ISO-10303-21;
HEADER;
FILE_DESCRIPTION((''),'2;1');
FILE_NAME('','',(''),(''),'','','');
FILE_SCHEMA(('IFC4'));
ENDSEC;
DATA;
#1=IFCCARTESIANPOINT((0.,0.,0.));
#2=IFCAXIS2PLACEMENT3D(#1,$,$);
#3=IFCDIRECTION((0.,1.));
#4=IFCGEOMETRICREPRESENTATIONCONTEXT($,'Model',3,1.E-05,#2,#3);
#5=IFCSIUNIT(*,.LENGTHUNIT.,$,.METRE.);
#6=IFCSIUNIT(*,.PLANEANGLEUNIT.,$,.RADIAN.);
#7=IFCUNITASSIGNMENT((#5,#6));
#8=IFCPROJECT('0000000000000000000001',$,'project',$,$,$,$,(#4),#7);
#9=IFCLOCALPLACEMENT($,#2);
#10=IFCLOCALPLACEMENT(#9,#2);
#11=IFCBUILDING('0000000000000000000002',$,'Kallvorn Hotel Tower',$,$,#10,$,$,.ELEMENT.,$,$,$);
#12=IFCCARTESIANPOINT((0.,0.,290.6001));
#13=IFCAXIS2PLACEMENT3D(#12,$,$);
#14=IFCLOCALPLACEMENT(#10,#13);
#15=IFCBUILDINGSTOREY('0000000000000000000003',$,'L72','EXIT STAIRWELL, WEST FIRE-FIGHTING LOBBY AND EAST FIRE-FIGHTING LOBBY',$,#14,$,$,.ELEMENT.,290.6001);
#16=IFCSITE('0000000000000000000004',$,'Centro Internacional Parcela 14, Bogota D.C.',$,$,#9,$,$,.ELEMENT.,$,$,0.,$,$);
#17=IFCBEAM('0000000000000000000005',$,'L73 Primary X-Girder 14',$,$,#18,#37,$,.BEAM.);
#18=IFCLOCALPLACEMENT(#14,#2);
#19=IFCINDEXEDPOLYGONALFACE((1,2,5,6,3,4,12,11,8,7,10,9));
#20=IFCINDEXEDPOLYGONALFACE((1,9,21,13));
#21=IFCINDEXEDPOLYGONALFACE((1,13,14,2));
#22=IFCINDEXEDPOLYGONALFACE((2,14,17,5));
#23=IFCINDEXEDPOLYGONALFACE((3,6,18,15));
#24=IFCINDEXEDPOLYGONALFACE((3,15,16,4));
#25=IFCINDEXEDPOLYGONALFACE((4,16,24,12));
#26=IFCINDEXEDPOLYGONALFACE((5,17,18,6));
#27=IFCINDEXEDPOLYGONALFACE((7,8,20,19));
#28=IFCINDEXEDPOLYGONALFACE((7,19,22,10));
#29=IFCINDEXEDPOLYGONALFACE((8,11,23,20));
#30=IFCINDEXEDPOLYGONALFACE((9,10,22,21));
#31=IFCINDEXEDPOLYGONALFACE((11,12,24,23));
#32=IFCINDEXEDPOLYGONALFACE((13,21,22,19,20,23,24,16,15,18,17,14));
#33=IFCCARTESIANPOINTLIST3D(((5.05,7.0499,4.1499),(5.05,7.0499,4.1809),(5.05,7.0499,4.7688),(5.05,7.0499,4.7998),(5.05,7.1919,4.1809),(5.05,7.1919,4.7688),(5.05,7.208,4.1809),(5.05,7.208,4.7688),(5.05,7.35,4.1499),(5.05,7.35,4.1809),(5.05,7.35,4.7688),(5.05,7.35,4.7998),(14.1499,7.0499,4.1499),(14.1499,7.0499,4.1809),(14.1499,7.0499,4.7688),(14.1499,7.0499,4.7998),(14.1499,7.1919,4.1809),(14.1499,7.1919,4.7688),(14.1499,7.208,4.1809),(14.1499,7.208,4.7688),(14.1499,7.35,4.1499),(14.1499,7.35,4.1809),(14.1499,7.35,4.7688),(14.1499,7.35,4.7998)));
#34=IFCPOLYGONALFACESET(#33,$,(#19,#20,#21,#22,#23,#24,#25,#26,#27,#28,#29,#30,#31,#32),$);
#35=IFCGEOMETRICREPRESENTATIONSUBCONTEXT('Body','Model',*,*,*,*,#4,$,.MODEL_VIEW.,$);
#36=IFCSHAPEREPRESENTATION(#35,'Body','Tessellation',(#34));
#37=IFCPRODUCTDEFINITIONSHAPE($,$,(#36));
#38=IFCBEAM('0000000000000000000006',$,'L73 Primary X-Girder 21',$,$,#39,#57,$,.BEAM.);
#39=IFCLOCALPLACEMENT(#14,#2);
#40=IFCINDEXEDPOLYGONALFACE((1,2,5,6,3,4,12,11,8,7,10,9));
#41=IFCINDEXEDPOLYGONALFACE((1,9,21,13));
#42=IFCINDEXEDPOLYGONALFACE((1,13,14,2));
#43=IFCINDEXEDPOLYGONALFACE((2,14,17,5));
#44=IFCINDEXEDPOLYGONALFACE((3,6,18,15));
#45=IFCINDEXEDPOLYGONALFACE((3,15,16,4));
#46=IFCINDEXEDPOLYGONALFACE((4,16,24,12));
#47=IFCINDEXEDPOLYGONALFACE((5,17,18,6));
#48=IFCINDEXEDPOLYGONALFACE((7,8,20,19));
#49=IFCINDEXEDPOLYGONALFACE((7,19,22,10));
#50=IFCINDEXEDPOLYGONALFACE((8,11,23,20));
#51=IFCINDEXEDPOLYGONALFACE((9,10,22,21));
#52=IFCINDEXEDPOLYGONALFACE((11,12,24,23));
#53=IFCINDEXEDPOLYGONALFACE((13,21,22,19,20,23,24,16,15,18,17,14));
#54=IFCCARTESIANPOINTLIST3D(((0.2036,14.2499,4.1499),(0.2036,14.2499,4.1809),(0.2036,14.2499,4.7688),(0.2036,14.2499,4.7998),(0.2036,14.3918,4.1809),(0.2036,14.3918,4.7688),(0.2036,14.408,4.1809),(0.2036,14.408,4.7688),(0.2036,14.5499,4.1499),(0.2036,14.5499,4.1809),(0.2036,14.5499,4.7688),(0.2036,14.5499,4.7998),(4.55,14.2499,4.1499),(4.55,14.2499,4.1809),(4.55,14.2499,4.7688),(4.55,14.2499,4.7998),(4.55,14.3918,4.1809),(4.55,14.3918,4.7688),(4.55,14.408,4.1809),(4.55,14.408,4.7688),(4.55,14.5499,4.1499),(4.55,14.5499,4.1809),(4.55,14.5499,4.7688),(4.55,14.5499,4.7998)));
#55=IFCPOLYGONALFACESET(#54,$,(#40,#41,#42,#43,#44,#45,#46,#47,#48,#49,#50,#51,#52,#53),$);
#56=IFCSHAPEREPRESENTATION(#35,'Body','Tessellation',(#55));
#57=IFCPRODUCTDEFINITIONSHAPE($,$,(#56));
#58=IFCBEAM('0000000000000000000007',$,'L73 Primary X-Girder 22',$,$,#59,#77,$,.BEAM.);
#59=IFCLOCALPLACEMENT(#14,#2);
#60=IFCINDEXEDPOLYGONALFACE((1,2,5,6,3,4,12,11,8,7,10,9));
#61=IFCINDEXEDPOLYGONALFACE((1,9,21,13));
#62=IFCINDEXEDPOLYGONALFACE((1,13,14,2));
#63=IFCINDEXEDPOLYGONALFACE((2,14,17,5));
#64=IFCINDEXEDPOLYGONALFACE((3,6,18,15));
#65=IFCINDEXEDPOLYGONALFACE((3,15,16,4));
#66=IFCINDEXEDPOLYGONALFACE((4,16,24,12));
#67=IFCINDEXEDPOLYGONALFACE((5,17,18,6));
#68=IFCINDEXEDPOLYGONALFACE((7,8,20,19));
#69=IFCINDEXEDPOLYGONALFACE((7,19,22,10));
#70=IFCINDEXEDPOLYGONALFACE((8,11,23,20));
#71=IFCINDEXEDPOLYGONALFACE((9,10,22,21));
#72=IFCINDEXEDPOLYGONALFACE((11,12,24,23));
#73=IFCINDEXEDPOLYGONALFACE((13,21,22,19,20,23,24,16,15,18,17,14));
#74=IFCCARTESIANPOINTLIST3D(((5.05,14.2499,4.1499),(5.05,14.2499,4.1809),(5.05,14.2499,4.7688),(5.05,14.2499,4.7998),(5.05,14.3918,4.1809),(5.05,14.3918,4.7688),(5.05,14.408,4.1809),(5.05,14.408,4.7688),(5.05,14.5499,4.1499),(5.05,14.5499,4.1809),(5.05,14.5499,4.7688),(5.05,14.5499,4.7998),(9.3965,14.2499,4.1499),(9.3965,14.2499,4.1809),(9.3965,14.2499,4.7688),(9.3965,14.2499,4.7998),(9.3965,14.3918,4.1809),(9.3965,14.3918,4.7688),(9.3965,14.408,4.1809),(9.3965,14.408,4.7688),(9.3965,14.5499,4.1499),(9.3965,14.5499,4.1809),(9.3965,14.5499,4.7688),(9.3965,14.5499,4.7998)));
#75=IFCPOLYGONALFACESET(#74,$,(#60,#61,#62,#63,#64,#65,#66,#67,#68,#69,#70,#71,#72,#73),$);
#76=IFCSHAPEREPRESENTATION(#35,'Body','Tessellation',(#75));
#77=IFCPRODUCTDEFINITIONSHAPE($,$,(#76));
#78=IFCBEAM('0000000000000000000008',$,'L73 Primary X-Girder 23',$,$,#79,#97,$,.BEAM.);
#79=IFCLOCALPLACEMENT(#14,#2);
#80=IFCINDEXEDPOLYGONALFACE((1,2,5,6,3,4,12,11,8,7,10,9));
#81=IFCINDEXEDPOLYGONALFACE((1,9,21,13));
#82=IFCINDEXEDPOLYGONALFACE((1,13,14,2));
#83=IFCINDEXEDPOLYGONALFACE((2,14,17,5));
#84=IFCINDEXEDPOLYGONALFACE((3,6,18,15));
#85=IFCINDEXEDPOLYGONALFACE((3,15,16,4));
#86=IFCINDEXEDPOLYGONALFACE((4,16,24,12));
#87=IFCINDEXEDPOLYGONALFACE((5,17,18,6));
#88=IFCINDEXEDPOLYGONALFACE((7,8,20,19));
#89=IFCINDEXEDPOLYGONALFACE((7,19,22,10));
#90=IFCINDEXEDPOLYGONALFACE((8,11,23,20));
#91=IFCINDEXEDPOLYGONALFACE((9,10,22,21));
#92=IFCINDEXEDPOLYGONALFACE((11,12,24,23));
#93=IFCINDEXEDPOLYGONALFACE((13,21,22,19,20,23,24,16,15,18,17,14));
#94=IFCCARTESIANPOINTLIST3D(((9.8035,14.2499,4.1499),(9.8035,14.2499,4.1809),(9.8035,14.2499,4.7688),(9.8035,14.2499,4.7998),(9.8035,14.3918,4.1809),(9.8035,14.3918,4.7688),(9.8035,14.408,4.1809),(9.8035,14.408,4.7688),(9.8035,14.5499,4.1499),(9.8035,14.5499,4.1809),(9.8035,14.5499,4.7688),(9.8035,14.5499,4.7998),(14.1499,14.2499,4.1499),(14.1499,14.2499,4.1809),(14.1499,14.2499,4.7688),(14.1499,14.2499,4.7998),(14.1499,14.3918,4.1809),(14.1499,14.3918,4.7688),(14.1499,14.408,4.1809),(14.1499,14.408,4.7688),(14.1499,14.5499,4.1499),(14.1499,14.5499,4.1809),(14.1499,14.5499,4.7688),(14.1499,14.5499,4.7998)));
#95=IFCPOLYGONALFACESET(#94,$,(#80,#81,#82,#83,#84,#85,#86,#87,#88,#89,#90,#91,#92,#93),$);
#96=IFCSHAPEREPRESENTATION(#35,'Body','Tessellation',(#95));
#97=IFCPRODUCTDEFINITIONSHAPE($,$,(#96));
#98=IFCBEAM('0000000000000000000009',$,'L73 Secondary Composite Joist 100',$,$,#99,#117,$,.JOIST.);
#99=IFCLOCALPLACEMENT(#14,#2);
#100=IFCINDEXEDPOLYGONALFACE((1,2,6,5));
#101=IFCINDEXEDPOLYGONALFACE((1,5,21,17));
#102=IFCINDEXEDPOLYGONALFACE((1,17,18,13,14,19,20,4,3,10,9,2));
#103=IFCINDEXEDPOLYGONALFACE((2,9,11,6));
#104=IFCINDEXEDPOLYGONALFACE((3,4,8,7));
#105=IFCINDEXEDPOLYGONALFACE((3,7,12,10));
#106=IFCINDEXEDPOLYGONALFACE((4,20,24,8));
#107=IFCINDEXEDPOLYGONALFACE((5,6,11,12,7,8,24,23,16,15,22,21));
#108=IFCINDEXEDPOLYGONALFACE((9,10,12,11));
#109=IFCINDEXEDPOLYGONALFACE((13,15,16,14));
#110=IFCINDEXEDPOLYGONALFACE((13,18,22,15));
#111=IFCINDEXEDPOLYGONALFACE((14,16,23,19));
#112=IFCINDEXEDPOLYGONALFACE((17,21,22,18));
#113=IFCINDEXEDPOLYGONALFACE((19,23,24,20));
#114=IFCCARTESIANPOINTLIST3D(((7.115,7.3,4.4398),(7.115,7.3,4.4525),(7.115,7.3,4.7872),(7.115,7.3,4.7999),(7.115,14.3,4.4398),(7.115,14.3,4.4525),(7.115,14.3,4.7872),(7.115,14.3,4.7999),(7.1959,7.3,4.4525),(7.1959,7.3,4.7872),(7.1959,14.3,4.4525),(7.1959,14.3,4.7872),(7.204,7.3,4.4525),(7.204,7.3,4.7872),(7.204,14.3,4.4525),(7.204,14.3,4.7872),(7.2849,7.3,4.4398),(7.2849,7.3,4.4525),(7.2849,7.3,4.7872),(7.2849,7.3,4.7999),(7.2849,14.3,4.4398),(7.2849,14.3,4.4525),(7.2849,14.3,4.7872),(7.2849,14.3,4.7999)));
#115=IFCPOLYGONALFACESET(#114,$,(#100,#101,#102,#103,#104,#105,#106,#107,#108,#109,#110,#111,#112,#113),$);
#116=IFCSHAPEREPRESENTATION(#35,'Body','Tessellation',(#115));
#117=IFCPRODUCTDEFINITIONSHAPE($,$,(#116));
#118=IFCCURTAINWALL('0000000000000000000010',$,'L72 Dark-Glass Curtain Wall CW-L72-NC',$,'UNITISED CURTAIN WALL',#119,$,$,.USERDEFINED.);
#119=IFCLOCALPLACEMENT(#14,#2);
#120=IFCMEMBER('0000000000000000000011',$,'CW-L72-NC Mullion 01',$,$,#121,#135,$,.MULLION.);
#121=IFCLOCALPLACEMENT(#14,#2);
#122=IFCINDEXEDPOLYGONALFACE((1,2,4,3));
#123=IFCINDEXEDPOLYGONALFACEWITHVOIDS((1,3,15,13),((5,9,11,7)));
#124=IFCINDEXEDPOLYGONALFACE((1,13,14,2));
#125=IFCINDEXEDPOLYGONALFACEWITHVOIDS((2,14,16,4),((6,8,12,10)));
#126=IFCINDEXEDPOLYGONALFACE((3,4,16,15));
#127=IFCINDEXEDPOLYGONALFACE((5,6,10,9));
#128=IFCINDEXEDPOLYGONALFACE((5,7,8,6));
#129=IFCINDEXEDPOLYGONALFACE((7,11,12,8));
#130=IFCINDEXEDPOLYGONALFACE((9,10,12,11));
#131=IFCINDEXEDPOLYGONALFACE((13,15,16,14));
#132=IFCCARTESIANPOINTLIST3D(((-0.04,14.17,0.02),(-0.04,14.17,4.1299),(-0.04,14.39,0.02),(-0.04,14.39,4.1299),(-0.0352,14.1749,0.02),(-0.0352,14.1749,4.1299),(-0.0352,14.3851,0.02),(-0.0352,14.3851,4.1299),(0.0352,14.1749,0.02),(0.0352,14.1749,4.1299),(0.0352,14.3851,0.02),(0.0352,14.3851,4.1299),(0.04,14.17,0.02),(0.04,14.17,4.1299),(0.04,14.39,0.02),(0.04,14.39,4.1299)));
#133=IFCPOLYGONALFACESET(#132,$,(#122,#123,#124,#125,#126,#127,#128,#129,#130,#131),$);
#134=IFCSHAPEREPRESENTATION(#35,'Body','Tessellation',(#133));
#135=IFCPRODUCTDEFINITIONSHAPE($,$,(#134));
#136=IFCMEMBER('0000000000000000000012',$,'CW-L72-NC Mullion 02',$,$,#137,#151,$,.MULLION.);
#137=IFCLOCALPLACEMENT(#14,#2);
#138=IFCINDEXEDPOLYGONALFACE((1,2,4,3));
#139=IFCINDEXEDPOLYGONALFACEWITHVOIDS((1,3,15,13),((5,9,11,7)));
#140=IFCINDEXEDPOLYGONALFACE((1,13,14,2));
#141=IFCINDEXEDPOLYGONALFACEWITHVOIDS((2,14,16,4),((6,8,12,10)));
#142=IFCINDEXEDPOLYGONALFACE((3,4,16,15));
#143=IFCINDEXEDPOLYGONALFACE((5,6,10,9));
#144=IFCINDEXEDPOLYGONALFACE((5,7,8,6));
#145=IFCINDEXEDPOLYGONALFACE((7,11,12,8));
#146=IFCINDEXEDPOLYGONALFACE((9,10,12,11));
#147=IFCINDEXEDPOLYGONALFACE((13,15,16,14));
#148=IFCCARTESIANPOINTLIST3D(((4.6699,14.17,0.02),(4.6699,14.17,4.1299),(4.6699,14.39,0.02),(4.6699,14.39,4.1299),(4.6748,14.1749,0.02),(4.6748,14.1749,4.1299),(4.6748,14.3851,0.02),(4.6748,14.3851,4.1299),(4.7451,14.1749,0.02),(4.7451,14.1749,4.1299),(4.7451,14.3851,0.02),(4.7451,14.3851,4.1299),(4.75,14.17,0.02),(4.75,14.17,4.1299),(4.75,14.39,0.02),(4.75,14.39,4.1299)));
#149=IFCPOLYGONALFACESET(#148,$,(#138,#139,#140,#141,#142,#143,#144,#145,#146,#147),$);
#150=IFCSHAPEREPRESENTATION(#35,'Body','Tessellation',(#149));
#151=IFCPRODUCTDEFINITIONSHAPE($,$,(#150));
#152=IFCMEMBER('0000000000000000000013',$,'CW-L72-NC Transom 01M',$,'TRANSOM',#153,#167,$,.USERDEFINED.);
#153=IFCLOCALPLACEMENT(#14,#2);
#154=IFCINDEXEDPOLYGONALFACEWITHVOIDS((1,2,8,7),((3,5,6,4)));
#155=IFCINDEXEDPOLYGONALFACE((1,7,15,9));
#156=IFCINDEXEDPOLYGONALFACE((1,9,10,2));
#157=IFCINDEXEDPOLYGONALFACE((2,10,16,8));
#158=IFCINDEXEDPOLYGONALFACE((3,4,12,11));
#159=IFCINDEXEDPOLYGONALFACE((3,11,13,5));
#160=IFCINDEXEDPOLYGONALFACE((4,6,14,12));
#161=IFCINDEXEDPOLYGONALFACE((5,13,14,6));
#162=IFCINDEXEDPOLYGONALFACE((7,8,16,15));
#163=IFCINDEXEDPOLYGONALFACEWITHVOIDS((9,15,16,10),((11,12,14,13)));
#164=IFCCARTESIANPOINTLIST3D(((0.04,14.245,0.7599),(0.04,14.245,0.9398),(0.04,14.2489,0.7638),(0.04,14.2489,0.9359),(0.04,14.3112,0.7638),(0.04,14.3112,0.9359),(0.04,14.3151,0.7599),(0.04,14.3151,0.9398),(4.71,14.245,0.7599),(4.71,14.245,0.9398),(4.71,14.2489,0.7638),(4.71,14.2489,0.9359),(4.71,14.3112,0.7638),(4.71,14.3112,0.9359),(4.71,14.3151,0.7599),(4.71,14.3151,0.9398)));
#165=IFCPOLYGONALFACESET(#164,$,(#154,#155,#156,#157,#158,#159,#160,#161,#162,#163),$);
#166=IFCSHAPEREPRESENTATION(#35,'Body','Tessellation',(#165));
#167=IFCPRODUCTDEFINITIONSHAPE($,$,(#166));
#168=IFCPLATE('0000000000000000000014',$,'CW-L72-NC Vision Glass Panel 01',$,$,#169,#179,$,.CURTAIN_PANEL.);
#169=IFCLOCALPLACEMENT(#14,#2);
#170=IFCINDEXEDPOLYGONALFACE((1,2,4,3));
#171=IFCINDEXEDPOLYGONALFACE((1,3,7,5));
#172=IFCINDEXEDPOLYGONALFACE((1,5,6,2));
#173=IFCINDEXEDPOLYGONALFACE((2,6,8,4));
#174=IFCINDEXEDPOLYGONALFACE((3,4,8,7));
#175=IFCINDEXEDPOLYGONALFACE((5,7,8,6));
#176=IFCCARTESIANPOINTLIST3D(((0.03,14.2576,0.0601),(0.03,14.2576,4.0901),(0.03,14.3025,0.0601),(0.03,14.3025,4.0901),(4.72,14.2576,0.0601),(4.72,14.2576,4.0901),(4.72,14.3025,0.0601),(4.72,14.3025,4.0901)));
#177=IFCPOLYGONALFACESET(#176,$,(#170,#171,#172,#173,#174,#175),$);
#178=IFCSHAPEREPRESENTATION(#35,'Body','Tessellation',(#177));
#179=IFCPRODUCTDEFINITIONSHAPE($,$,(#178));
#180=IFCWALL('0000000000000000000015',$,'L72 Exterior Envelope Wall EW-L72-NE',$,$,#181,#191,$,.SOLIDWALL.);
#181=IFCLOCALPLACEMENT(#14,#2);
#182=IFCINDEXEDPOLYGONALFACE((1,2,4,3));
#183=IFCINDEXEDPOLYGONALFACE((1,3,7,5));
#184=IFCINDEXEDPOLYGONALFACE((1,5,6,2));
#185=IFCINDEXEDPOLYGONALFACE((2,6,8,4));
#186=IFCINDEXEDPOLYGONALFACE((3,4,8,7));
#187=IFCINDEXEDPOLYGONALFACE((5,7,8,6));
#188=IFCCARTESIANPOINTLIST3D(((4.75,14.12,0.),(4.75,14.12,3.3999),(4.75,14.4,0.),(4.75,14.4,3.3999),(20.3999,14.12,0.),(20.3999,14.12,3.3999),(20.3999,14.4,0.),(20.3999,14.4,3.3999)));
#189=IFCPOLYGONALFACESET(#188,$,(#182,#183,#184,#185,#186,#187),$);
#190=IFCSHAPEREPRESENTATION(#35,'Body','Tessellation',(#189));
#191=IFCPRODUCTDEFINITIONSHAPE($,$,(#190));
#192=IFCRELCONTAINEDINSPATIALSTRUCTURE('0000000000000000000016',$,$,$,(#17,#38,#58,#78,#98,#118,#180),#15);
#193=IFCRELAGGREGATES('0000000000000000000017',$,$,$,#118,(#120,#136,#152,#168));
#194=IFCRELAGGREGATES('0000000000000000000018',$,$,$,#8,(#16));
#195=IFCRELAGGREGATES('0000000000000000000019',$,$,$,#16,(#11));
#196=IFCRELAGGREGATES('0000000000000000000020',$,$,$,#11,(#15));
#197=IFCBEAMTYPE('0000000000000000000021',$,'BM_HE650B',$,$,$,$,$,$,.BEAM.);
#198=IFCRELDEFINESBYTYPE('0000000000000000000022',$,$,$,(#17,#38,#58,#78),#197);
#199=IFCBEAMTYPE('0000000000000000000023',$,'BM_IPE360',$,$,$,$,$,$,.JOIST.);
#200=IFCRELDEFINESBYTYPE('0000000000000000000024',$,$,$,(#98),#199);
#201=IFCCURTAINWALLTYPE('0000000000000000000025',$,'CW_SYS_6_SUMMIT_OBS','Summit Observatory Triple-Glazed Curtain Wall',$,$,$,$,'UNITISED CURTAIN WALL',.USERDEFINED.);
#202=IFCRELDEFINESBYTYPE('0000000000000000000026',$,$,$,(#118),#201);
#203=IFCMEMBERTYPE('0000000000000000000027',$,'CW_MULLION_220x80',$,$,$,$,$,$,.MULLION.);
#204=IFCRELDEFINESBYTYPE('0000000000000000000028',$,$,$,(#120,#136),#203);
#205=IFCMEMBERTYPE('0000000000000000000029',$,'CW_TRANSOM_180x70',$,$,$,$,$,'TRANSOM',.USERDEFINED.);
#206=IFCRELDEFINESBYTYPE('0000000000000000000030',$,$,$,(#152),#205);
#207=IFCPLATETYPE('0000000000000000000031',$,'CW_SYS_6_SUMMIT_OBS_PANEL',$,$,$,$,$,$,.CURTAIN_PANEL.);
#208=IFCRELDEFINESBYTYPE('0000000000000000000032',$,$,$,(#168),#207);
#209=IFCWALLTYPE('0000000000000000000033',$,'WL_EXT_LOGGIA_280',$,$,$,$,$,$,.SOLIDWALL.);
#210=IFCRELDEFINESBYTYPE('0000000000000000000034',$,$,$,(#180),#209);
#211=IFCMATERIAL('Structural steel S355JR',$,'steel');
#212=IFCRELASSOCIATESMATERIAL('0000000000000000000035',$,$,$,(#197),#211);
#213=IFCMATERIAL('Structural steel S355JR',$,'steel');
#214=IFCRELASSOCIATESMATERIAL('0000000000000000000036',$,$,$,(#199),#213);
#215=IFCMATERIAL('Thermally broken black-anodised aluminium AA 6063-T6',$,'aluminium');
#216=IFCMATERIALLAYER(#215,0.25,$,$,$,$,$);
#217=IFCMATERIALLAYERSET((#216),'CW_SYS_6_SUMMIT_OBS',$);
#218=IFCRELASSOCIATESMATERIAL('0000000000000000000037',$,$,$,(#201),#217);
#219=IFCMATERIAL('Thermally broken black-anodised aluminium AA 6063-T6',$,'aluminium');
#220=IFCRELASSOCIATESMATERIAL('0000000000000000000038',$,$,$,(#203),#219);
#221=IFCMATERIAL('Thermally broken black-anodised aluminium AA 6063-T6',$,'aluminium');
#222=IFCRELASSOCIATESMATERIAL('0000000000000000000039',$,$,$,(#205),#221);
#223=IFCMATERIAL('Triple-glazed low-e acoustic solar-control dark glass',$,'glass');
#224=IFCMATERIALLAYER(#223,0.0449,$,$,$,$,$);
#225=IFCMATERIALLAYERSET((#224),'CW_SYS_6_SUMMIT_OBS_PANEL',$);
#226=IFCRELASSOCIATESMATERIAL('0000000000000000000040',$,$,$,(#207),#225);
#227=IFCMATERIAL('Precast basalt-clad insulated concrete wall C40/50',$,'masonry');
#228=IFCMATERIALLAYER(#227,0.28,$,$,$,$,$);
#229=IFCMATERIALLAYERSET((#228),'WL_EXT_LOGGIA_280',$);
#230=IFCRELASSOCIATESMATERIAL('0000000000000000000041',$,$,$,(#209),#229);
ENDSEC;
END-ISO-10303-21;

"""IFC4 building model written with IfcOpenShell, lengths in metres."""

from ifc_helpers import new_model, si_unit, direction, frame, frame_2d, origin, origin_2d, place, context, subcontext, project, spatial, rectangle, hollow_rectangle, i_section, extrude, material, layer, layer_set, material_profile, profile_set, type_object, element, aggregate, save


model = new_model("IFC4")

# Units and contexts
model_context = context("Model", 3, precision=1e-05, world=origin(), true_north=direction((0.0, 1.0)))
body_context = subcontext(model_context, "Body", "Model", "MODEL_VIEW")
ifc_project = project(units=[si_unit("LENGTHUNIT", "METRE"), si_unit("PLANEANGLEUNIT", "RADIAN")], contexts=[model_context])

# Site, building, storey
site_placement = place(None, origin())
site = spatial("IfcSite", under=ifc_project, at=site_placement, Name="Centro Internacional Parcela 14, Bogota D.C.", CompositionType="ELEMENT", RefElevation=0.0)
building_placement = place(site_placement, origin())
building = spatial("IfcBuilding", under=site, at=building_placement, Name="Kallvorn Hotel Tower", CompositionType="ELEMENT")
storey_placement = place(building_placement, frame((0.0, 0.0, 290.6001)))
storey = spatial("IfcBuildingStorey", under=building, at=storey_placement, Name="L72", Description="EXIT STAIRWELL, WEST FIRE-FIGHTING LOBBY AND EAST FIRE-FIGHTING LOBBY", CompositionType="ELEMENT", Elevation=290.6001)

# Beams
ifc_material_1 = material(Name="Structural steel S355JR", Category="steel")
ifc_material_profile_1 = material_profile(ifc_material_1, i_section(OverallWidth=0.3, OverallDepth=0.6499, WebThickness=0.0161, FlangeThickness=0.031, at=origin_2d()), Name="HE 650 B")
ifc_profile_set_1 = profile_set([ifc_material_profile_1], Name="Structural steel S355JR")
beam_type_1 = type_object("IfcBeamType", Name="BM_HE650B", PredefinedType="BEAM", material=ifc_profile_set_1)
beam_1_placement = place(storey_placement, frame((5.05, 7.2, 4.4749), z_axis=(1.0, 0.0, 0.0), x_axis=(0.0, 1.0, 0.0)))
element("IfcBeam", 1, at=beam_1_placement, inside=storey, type_object=beam_type_1, Name="L73 Primary X-Girder 14", PredefinedType="BEAM", context=body_context, shape_type="SweptSolid", body=[
    extrude(i_section(OverallWidth=0.3, OverallDepth=0.6499, WebThickness=0.0161, FlangeThickness=0.031, at=origin_2d()), origin(), (0.0, 0.0, 1.0), 9.0999),
])
for number, where, z_axis, x_axis, name in (
    (2, (0.2036, 14.3999, 4.4749), (1.0, 0.0, 0.0), (0.0, 1.0, 0.0), "L73 Primary X-Girder 21"),
    (3, (5.05, 14.3999, 4.4749), (1.0, 0.0, 0.0), (0.0, 1.0, 0.0), "L73 Primary X-Girder 22"),
    (4, (9.8035, 14.3999, 4.4749), (1.0, 0.0, 0.0), (0.0, 1.0, 0.0), "L73 Primary X-Girder 23"),
):
    element("IfcBeam", number, at=place(storey_placement, frame(where, z_axis=z_axis, x_axis=x_axis)), inside=storey, type_object=beam_type_1, Name=name, PredefinedType="BEAM", context=body_context, shape_type="SweptSolid", body=[
        extrude(i_section(OverallWidth=0.3, OverallDepth=0.6499, WebThickness=0.0161, FlangeThickness=0.031, at=origin_2d()), origin(), (0.0, 0.0, 1.0), 4.3464),
    ])
ifc_material_2 = material(Name="Structural steel S355JR", Category="steel")
ifc_material_profile_2 = material_profile(ifc_material_2, i_section(OverallWidth=0.1699, OverallDepth=0.3601, WebThickness=0.0081, FlangeThickness=0.0127, at=origin_2d()), Name="IPE 360")
ifc_profile_set_2 = profile_set([ifc_material_profile_2], Name="Structural steel S355JR")
beam_type_2 = type_object("IfcBeamType", Name="BM_IPE360", PredefinedType="JOIST", material=ifc_profile_set_2)
beam_2_placement = place(storey_placement, frame((7.2, 7.3, 4.6199), z_axis=(0.0, 1.0, 0.0), x_axis=(-1.0, 0.0, 0.0)))
element("IfcBeam", 5, at=beam_2_placement, inside=storey, type_object=beam_type_2, Name="L73 Secondary Composite Joist 100", PredefinedType="JOIST", context=body_context, shape_type="SweptSolid", body=[
    extrude(i_section(OverallWidth=0.1699, OverallDepth=0.3601, WebThickness=0.0081, FlangeThickness=0.0127, at=origin_2d()), origin(), (0.0, 0.0, 1.0), 7.0),
])

# Curtain wall, members, plate
ifc_material_3 = material(Name="Thermally broken black-anodised aluminium AA 6063-T6", Category="aluminium")
ifc_layer_1 = layer(ifc_material_3, 0.25)
ifc_layer_set_1 = layer_set([ifc_layer_1], Name="CW_SYS_6_SUMMIT_OBS")
curtain_wall_type = type_object("IfcCurtainWallType", Name="CW_SYS_6_SUMMIT_OBS", Description="Summit Observatory Triple-Glazed Curtain Wall", ElementType="UNITISED CURTAIN WALL", PredefinedType="USERDEFINED", material=ifc_layer_set_1)
curtain_wall_placement = place(storey_placement, origin())
curtain_wall = element("IfcCurtainWall", 6, at=curtain_wall_placement, inside=storey, type_object=curtain_wall_type, Name="L72 Dark-Glass Curtain Wall CW-L72-NC", ObjectType="UNITISED CURTAIN WALL", PredefinedType="USERDEFINED")
ifc_material_4 = material(Name="Thermally broken black-anodised aluminium AA 6063-T6", Category="aluminium")
ifc_material_profile_3 = material_profile(ifc_material_4, hollow_rectangle(XDim=0.0801, YDim=0.22, WallThickness=0.0049, at=origin_2d()), Name="MUL 220x80")
ifc_profile_set_3 = profile_set([ifc_material_profile_3], Name="Thermally broken black-anodised aluminium AA 6063-T6")
member_type_1 = type_object("IfcMemberType", Name="CW_MULLION_220x80", PredefinedType="MULLION", material=ifc_profile_set_3)
member_1_placement = place(storey_placement, frame((0.0, 14.28, 0.02), z_axis=(0.0, 0.0, 1.0), x_axis=(1.0, 0.0, 0.0)))
member_1 = element("IfcMember", 7, at=member_1_placement, type_object=member_type_1, Name="CW-L72-NC Mullion 01", PredefinedType="MULLION", context=body_context, shape_type="SweptSolid", body=[
    extrude(hollow_rectangle(XDim=0.0801, YDim=0.22, WallThickness=0.0049, at=origin_2d()), origin(), (0.0, 0.0, 1.0), 4.1099),
])
member_2_placement = place(storey_placement, frame((4.71, 14.28, 0.02), z_axis=(0.0, 0.0, 1.0), x_axis=(1.0, 0.0, 0.0)))
member_2 = element("IfcMember", 8, at=member_2_placement, type_object=member_type_1, Name="CW-L72-NC Mullion 02", PredefinedType="MULLION", context=body_context, shape_type="SweptSolid", body=[
    extrude(hollow_rectangle(XDim=0.0801, YDim=0.22, WallThickness=0.0049, at=origin_2d()), origin(), (0.0, 0.0, 1.0), 4.1099),
])
ifc_material_5 = material(Name="Thermally broken black-anodised aluminium AA 6063-T6", Category="aluminium")
ifc_material_profile_4 = material_profile(ifc_material_5, hollow_rectangle(XDim=0.0701, YDim=0.1799, WallThickness=0.0039, at=origin_2d()), Name="TRN 180x70")
ifc_profile_set_4 = profile_set([ifc_material_profile_4], Name="Thermally broken black-anodised aluminium AA 6063-T6")
member_type_2 = type_object("IfcMemberType", Name="CW_TRANSOM_180x70", ElementType="TRANSOM", PredefinedType="USERDEFINED", material=ifc_profile_set_4)
member_3_placement = place(storey_placement, frame((0.04, 14.28, 0.8499), z_axis=(1.0, 0.0, 0.0), x_axis=(0.0, 1.0, 0.0)))
member_3 = element("IfcMember", 9, at=member_3_placement, type_object=member_type_2, Name="CW-L72-NC Transom 01M", ObjectType="TRANSOM", PredefinedType="USERDEFINED", context=body_context, shape_type="SweptSolid", body=[
    extrude(hollow_rectangle(XDim=0.0701, YDim=0.1799, WallThickness=0.0039, at=origin_2d()), origin(), (0.0, 0.0, 1.0), 4.6699),
])
ifc_material_6 = material(Name="Triple-glazed low-e acoustic solar-control dark glass", Category="glass")
ifc_layer_2 = layer(ifc_material_6, 0.0449)
ifc_layer_set_2 = layer_set([ifc_layer_2], Name="CW_SYS_6_SUMMIT_OBS_PANEL")
plate_type = type_object("IfcPlateType", Name="CW_SYS_6_SUMMIT_OBS_PANEL", PredefinedType="CURTAIN_PANEL", material=ifc_layer_set_2)
plate_placement = place(storey_placement, frame((2.375, 14.28, 0.0601), z_axis=(0.0, 0.0, 1.0), x_axis=(1.0, 0.0, 0.0)))
plate = element("IfcPlate", 10, at=plate_placement, type_object=plate_type, Name="CW-L72-NC Vision Glass Panel 01", PredefinedType="CURTAIN_PANEL", context=body_context, shape_type="SweptSolid", body=[
    extrude(rectangle(XDim=4.6899, YDim=0.0449, at=origin_2d()), origin(), (0.0, 0.0, 1.0), 4.03),
])
aggregate(curtain_wall, [member_1, member_2, member_3, plate])

# Wall
ifc_material_7 = material(Name="Precast basalt-clad insulated concrete wall C40/50", Category="masonry")
ifc_layer_3 = layer(ifc_material_7, 0.28)
ifc_layer_set_3 = layer_set([ifc_layer_3], Name="WL_EXT_LOGGIA_280")
wall_type_1 = type_object("IfcWallType", Name="WL_EXT_LOGGIA_280", PredefinedType="SOLIDWALL", material=ifc_layer_set_3)
wall_1_placement = place(storey_placement, frame((4.75, 14.26, 0.0), z_axis=(0.0, 0.0, 1.0), x_axis=(1.0, 0.0, 0.0)))
element("IfcWall", 11, at=wall_1_placement, inside=storey, type_object=wall_type_1, Name="L72 Exterior Envelope Wall EW-L72-NE", PredefinedType="SOLIDWALL", context=body_context, shape_type="SweptSolid", body=[
    extrude(rectangle(XDim=15.6499, YDim=0.28, at=frame_2d((7.825, 0.0))), origin(), (0.0, 0.0, 1.0), 3.3999),
])

save(model, "model.ifc")
